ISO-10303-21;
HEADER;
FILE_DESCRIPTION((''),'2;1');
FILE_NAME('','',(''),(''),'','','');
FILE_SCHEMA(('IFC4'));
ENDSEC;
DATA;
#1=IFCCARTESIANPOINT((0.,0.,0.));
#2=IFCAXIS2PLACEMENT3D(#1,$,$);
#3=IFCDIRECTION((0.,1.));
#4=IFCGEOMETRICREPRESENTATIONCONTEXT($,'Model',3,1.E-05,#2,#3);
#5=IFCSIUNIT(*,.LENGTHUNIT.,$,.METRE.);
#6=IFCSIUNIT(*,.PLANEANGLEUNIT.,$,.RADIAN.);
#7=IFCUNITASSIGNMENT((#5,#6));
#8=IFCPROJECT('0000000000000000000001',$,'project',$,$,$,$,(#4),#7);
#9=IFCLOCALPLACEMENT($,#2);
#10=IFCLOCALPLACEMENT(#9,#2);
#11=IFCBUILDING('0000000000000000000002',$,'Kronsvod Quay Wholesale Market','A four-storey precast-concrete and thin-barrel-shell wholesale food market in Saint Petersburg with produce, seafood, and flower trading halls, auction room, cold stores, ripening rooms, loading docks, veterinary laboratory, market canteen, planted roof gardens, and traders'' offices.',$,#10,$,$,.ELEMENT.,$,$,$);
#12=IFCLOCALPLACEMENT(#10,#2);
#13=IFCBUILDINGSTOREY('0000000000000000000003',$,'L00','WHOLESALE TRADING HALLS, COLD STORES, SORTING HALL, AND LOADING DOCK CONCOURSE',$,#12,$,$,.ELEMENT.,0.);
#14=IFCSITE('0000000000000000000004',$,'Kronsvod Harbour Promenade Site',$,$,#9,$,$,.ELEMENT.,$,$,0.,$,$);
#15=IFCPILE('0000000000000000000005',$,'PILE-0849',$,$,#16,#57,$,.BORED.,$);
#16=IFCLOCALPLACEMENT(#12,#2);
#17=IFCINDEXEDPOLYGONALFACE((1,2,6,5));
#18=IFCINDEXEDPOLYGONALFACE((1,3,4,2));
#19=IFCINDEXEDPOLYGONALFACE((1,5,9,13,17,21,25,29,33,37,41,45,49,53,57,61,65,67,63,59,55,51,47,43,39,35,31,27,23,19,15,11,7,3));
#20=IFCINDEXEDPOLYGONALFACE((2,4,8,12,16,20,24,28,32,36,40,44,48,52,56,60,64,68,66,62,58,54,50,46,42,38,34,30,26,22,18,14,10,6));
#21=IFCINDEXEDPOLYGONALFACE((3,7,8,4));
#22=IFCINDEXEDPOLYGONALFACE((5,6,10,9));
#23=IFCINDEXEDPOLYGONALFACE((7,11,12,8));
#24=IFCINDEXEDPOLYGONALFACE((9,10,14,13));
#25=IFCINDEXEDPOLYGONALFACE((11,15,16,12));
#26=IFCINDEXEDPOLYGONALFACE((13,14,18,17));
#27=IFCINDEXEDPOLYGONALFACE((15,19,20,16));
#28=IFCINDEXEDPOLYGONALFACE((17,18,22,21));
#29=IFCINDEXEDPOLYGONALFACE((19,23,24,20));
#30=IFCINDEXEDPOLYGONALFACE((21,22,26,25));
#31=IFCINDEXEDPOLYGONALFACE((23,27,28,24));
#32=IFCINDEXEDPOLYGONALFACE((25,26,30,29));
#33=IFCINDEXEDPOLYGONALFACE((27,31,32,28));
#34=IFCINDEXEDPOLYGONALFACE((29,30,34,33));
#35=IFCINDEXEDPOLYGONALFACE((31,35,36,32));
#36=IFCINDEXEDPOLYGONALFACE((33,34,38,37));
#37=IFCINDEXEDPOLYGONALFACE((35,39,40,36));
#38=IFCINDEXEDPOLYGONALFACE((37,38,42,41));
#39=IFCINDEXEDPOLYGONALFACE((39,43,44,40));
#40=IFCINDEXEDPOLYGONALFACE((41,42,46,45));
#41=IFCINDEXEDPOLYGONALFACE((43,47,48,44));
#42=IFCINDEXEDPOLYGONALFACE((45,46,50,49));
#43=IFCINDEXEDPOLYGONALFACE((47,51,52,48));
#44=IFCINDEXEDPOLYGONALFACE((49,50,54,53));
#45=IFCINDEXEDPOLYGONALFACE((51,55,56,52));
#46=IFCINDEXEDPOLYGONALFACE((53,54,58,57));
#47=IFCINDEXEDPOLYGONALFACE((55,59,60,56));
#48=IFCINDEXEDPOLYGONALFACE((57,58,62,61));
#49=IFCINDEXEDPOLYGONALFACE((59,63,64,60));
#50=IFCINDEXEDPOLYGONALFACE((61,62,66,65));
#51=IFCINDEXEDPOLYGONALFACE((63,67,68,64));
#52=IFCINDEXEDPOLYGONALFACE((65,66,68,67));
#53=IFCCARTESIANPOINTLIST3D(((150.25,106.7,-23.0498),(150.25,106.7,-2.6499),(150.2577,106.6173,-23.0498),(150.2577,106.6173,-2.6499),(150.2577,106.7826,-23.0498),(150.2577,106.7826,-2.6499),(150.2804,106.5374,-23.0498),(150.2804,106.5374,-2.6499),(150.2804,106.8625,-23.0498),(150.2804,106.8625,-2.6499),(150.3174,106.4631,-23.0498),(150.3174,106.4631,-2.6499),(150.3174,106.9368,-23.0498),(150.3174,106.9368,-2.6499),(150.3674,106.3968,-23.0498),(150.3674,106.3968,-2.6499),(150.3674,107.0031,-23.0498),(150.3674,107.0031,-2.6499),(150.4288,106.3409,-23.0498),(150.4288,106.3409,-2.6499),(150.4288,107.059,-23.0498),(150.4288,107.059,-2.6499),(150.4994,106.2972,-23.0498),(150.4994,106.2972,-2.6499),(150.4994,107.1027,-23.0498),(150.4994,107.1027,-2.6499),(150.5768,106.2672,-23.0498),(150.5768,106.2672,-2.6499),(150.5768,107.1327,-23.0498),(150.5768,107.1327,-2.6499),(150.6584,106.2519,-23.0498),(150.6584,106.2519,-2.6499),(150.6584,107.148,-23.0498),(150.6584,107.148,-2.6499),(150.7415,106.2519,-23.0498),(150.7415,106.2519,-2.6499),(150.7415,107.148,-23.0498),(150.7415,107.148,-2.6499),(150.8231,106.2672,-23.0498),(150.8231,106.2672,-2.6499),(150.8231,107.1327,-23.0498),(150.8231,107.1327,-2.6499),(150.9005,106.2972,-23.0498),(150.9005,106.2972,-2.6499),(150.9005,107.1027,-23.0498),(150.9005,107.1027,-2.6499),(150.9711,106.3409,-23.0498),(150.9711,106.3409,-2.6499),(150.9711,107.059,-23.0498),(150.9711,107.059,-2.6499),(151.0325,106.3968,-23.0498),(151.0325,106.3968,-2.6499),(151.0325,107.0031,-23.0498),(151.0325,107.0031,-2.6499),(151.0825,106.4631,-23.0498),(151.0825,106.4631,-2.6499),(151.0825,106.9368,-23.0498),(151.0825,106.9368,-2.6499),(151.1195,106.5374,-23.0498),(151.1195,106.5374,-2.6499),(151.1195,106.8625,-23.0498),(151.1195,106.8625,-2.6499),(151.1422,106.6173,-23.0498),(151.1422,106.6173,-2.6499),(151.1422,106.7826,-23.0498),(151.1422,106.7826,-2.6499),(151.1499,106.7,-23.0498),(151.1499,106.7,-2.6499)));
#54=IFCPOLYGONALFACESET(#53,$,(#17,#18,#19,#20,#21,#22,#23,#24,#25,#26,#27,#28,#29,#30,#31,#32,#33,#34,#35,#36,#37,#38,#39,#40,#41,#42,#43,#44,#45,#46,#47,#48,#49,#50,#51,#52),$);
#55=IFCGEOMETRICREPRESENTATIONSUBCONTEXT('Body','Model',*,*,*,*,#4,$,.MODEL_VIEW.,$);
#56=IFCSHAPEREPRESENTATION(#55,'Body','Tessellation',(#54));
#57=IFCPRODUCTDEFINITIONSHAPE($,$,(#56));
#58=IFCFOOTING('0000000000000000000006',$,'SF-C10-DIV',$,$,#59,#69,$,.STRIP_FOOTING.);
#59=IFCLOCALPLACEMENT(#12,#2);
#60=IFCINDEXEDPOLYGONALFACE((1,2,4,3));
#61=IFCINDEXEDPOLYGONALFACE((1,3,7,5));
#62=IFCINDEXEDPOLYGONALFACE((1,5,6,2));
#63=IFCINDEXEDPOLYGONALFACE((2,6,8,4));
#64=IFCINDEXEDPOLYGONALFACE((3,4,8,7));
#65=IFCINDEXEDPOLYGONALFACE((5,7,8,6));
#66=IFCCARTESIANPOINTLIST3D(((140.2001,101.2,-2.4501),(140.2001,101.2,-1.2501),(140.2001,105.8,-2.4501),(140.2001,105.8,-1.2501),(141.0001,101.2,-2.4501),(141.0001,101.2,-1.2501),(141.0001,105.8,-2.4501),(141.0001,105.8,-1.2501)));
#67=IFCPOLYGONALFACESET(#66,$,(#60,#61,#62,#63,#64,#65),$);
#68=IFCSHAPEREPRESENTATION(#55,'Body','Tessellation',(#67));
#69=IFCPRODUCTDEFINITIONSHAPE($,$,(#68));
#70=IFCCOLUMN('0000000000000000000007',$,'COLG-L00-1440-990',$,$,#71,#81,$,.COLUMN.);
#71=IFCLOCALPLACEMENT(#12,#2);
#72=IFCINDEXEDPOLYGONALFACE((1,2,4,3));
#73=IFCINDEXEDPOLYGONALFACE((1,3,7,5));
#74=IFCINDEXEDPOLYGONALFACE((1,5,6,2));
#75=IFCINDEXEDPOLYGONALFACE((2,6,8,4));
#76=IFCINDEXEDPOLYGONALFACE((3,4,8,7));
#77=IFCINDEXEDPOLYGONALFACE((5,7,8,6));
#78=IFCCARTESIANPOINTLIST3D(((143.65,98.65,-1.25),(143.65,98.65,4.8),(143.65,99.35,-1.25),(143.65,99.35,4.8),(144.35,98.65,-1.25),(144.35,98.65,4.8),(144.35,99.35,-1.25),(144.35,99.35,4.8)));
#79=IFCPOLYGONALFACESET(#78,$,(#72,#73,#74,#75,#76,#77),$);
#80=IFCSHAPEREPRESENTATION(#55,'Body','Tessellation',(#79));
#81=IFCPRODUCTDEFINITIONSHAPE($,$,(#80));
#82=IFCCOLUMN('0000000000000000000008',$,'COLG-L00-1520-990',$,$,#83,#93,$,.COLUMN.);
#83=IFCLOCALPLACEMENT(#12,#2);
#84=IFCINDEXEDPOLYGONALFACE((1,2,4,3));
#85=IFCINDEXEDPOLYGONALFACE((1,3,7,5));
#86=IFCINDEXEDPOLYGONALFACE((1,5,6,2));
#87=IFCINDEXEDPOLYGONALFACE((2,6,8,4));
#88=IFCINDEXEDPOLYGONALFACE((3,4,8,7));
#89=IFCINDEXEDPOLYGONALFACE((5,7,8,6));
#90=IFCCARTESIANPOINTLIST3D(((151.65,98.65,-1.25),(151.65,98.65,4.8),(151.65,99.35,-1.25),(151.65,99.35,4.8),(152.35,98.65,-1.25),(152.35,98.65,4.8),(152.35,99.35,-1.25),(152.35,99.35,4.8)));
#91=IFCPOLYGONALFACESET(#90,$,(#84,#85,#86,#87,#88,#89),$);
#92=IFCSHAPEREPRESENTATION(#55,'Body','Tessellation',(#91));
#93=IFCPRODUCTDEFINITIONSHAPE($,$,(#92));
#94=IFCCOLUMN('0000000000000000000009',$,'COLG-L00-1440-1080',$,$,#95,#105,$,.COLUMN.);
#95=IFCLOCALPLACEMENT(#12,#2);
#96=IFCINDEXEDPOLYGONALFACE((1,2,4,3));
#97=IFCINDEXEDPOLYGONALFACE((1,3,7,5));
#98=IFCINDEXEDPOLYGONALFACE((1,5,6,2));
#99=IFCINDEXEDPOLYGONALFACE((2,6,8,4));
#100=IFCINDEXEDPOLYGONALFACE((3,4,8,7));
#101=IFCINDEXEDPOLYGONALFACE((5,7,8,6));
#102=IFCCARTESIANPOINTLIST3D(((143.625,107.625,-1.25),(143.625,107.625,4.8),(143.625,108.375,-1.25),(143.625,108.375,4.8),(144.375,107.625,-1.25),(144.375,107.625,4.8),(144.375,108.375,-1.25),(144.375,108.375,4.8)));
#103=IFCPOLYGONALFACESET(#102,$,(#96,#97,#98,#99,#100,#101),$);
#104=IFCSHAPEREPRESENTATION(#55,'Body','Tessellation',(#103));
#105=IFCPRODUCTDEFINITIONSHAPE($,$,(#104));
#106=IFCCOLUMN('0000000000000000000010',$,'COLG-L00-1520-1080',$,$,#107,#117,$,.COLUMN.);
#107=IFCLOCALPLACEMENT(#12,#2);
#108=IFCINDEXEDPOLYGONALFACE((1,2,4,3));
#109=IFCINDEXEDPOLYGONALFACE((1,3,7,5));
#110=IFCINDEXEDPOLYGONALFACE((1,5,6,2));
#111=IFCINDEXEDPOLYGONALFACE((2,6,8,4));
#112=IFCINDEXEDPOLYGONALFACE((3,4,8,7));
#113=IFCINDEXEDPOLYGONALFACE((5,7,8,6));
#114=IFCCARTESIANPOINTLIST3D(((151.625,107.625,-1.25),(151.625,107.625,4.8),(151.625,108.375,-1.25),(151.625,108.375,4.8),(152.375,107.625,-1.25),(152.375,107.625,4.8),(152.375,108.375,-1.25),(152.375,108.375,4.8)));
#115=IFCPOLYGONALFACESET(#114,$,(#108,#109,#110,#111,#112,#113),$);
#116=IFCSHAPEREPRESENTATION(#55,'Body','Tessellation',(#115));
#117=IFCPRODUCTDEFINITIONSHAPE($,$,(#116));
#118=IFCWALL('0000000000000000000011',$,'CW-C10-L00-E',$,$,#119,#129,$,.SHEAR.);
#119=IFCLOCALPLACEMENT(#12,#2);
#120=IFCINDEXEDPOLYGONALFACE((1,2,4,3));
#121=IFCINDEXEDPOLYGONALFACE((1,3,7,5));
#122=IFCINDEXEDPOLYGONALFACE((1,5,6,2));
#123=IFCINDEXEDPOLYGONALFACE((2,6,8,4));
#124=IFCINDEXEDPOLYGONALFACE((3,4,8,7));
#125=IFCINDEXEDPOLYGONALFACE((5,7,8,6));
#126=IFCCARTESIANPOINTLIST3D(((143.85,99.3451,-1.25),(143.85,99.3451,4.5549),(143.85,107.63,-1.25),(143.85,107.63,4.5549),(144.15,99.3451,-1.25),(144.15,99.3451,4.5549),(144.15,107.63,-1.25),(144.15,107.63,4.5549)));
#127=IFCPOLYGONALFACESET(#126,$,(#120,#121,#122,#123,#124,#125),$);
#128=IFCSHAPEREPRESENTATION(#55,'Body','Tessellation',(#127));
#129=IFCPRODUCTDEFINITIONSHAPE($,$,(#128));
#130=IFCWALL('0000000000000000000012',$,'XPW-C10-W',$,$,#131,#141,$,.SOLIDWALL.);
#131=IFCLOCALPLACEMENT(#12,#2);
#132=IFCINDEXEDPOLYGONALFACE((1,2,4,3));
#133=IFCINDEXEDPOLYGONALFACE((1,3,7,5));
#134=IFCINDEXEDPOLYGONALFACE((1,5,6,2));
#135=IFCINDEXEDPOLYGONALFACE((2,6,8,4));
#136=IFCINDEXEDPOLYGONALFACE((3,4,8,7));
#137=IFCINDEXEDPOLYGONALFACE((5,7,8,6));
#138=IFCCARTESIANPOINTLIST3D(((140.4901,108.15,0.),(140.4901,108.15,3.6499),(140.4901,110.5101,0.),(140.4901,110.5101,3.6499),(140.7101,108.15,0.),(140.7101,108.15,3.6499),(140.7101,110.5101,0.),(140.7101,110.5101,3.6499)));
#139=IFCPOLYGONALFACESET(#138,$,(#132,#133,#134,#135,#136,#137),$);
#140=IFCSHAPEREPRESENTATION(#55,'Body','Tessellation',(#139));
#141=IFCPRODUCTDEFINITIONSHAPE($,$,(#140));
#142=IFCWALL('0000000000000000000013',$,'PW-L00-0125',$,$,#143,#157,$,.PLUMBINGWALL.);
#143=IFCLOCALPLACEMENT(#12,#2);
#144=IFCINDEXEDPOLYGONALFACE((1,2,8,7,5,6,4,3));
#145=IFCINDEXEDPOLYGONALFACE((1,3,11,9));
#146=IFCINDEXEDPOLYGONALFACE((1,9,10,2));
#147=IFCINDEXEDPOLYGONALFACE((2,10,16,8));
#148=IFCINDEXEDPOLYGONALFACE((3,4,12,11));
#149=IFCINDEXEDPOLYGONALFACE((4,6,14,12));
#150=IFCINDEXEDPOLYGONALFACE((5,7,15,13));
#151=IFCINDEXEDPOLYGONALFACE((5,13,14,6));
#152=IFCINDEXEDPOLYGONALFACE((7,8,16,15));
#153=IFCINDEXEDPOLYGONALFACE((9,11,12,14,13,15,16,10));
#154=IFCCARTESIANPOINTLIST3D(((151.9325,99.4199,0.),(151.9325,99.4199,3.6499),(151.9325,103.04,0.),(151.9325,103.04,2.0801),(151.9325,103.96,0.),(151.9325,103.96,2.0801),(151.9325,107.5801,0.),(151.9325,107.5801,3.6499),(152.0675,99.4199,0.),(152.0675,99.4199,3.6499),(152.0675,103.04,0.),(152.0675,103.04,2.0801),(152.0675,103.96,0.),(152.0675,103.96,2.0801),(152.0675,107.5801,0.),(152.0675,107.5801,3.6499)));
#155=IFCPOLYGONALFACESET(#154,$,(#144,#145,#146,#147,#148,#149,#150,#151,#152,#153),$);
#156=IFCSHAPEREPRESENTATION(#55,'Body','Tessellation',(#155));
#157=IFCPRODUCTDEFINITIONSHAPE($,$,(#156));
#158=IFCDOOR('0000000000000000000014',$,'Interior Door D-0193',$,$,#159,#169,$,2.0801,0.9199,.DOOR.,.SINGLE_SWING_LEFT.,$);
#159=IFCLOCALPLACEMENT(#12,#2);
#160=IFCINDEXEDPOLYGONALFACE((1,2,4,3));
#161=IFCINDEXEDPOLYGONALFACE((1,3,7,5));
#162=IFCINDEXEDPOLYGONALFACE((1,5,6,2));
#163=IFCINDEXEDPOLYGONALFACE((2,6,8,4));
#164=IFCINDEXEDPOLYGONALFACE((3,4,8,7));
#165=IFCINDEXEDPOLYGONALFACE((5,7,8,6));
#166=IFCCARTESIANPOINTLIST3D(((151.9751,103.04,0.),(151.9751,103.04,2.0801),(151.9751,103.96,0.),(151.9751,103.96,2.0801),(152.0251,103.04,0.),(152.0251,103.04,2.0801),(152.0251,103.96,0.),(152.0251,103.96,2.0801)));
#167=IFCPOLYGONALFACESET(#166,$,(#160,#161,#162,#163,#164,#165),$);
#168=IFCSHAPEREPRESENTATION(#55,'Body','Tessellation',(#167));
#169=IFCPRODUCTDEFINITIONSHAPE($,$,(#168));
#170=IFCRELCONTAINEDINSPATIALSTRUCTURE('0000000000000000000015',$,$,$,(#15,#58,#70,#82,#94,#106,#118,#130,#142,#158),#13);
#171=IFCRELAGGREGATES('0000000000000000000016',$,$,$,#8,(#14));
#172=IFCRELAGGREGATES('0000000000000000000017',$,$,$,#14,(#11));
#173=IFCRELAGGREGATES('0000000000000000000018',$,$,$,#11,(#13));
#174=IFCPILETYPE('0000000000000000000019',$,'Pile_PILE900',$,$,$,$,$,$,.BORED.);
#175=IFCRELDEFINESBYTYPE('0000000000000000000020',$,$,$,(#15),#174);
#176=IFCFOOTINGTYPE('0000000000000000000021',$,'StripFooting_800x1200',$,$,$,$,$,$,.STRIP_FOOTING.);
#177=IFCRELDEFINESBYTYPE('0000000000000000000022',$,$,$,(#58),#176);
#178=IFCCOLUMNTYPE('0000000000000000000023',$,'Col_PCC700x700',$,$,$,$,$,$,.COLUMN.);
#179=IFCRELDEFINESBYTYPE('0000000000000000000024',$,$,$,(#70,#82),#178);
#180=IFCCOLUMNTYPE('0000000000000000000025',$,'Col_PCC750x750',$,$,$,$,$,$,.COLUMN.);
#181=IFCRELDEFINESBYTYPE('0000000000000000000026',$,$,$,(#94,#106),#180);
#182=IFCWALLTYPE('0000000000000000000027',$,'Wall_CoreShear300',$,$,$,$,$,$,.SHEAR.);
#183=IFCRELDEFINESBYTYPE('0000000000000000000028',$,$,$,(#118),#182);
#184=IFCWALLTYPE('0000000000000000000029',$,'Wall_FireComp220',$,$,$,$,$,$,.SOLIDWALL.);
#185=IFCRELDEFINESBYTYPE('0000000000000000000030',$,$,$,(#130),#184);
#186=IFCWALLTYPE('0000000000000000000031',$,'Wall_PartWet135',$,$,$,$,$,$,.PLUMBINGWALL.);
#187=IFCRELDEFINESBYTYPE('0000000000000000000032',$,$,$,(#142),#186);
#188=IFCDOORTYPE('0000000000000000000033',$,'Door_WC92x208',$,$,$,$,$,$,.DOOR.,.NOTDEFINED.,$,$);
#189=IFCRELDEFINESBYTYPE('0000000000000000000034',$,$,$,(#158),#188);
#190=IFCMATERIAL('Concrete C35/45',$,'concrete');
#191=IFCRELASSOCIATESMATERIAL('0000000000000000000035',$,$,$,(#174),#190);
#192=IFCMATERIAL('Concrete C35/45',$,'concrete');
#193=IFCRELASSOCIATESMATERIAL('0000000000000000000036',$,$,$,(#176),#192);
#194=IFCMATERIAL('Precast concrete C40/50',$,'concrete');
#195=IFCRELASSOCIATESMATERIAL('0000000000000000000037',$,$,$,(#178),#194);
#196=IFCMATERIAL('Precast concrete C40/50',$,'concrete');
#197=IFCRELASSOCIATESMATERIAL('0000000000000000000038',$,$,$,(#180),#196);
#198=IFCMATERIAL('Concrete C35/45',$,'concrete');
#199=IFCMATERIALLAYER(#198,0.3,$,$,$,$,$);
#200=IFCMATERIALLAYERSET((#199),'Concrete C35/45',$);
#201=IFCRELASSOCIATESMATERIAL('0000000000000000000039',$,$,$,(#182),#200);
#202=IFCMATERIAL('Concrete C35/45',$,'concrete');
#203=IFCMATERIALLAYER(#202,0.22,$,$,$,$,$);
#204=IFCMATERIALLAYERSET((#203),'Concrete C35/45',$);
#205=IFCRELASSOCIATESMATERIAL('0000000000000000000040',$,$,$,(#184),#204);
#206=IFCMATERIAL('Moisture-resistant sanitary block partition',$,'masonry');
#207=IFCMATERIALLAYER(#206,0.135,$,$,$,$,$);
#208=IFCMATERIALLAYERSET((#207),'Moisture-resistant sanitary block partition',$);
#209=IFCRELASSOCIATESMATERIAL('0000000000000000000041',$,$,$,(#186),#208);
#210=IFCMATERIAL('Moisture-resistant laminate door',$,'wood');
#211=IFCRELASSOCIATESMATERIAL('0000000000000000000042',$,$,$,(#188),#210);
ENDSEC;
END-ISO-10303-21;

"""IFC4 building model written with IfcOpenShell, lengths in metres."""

from ifc_helpers import new_model, si_unit, direction, frame, frame_2d, origin, origin_2d, place, context, subcontext, project, spatial, rectangle, circle, extrude, material, layer, layer_set, material_profile, profile_set, type_object, element, fill, save


model = new_model("IFC4")

# Units and contexts
model_context = context("Model", 3, precision=1e-05, world=origin(), true_north=direction((0.0, 1.0)))
body_context = subcontext(model_context, "Body", "Model", "MODEL_VIEW")
ifc_project = project(units=[si_unit("LENGTHUNIT", "METRE"), si_unit("PLANEANGLEUNIT", "RADIAN")], contexts=[model_context])

# Site, building, storey
site_placement = place(None, origin())
site = spatial("IfcSite", under=ifc_project, at=site_placement, Name="Kronsvod Harbour Promenade Site", CompositionType="ELEMENT", RefElevation=0.0)
building_placement = place(site_placement, origin())
building = spatial("IfcBuilding", under=site, at=building_placement, Name="Kronsvod Quay Wholesale Market", Description="A four-storey precast-concrete and thin-barrel-shell wholesale food market in Saint Petersburg with produce, seafood, and flower trading halls, auction room, cold stores, ripening rooms, loading docks, veterinary laboratory, market canteen, planted roof gardens, and traders' offices.", CompositionType="ELEMENT")
storey_placement = place(building_placement, origin())
storey = spatial("IfcBuildingStorey", under=building, at=storey_placement, Name="L00", Description="WHOLESALE TRADING HALLS, COLD STORES, SORTING HALL, AND LOADING DOCK CONCOURSE", CompositionType="ELEMENT", Elevation=0.0)

# Pile
ifc_material_1 = material(Name="Concrete C35/45", Category="concrete")
ifc_material_profile_1 = material_profile(ifc_material_1, circle(Radius=0.45, at=origin_2d()), Name="PILE900")
ifc_profile_set_1 = profile_set([ifc_material_profile_1], Name="Concrete C35/45")
pile_type = type_object("IfcPileType", Name="Pile_PILE900", PredefinedType="BORED", material=ifc_profile_set_1)
for number, where, z_axis, x_axis, name in (
    (1, (150.7, 106.7, -2.6499), (0.0, 0.0, -1.0), (1.0, 0.0, 0.0), "PILE-0849"),
):
    element("IfcPile", number, at=place(storey_placement, frame(where, z_axis=z_axis, x_axis=x_axis)), inside=storey, type_object=pile_type, Name=name, PredefinedType="BORED", context=body_context, shape_type="SweptSolid", body=[
        extrude(circle(Radius=0.45, at=origin_2d()), origin(), (0.0, 0.0, 1.0), 20.3999),
    ])

# Footing
ifc_material_2 = material(Name="Concrete C35/45", Category="concrete")
ifc_material_profile_2 = material_profile(ifc_material_2, rectangle(XDim=0.8, YDim=1.2, at=origin_2d()), Name="SF-01")
ifc_profile_set_2 = profile_set([ifc_material_profile_2], Name="Concrete C35/45")
footing_type_1 = type_object("IfcFootingType", Name="StripFooting_800x1200", PredefinedType="STRIP_FOOTING", material=ifc_profile_set_2)
footing_1_placement = place(storey_placement, frame((140.6001, 101.2, -1.8501), z_axis=(0.0, 1.0, 0.0), x_axis=(-1.0, 0.0, 0.0)))
element("IfcFooting", 2, at=footing_1_placement, inside=storey, type_object=footing_type_1, Name="SF-C10-DIV", PredefinedType="STRIP_FOOTING", context=body_context, shape_type="SweptSolid", body=[
    extrude(rectangle(XDim=0.8, YDim=1.2, at=origin_2d()), origin(), (0.0, 0.0, 1.0), 4.6001),
])

# Columns
ifc_material_3 = material(Name="Precast concrete C40/50", Category="concrete")
ifc_material_profile_3 = material_profile(ifc_material_3, rectangle(XDim=0.7, YDim=0.7, at=origin_2d()), Name="PCC700x700")
ifc_profile_set_3 = profile_set([ifc_material_profile_3], Name="Precast concrete C40/50")
column_type_1 = type_object("IfcColumnType", Name="Col_PCC700x700", PredefinedType="COLUMN", material=ifc_profile_set_3)
for number, where, z_axis, x_axis, name in (
    (3, (144.0, 99.0, -1.25), (0.0, 0.0, 1.0), (1.0, 0.0, 0.0), "COLG-L00-1440-990"),
    (4, (152.0, 99.0, -1.25), (0.0, 0.0, 1.0), (1.0, 0.0, 0.0), "COLG-L00-1520-990"),
):
    element("IfcColumn", number, at=place(storey_placement, frame(where, z_axis=z_axis, x_axis=x_axis)), inside=storey, type_object=column_type_1, Name=name, PredefinedType="COLUMN", context=body_context, shape_type="SweptSolid", body=[
        extrude(rectangle(XDim=0.7, YDim=0.7, at=origin_2d()), origin(), (0.0, 0.0, 1.0), 6.05),
    ])
ifc_material_4 = material(Name="Precast concrete C40/50", Category="concrete")
ifc_material_profile_4 = material_profile(ifc_material_4, rectangle(XDim=0.75, YDim=0.75, at=origin_2d()), Name="COL-07")
ifc_profile_set_4 = profile_set([ifc_material_profile_4], Name="Precast concrete C40/50")
column_type_2 = type_object("IfcColumnType", Name="Col_PCC750x750", PredefinedType="COLUMN", material=ifc_profile_set_4)
for number, where, z_axis, x_axis, name in (
    (5, (144.0, 108.0, -1.25), (0.0, 0.0, 1.0), (1.0, 0.0, 0.0), "COLG-L00-1440-1080"),
    (6, (152.0, 108.0, -1.25), (0.0, 0.0, 1.0), (1.0, 0.0, 0.0), "COLG-L00-1520-1080"),
):
    element("IfcColumn", number, at=place(storey_placement, frame(where, z_axis=z_axis, x_axis=x_axis)), inside=storey, type_object=column_type_2, Name=name, PredefinedType="COLUMN", context=body_context, shape_type="SweptSolid", body=[
        extrude(rectangle(XDim=0.75, YDim=0.75, at=origin_2d()), origin(), (0.0, 0.0, 1.0), 6.05),
    ])

# Walls
ifc_material_5 = material(Name="Concrete C35/45", Category="concrete")
ifc_layer_1 = layer(ifc_material_5, 0.3)
ifc_layer_set_1 = layer_set([ifc_layer_1], Name="Concrete C35/45")
wall_type_1 = type_object("IfcWallType", Name="Wall_CoreShear300", PredefinedType="SHEAR", material=ifc_layer_set_1)
wall_1_placement = place(storey_placement, frame((144.0, 99.345, -1.25), z_axis=(0.0, 0.0, 1.0), x_axis=(0.0, 1.0, 0.0)))
element("IfcWall", 7, at=wall_1_placement, inside=storey, type_object=wall_type_1, Name="CW-C10-L00-E", PredefinedType="SHEAR", context=body_context, shape_type="SweptSolid", body=[
    extrude(rectangle(XDim=8.2849, YDim=0.3, at=frame_2d((4.1426, 0.0))), origin(), (0.0, 0.0, 1.0), 5.8049),
])
ifc_material_6 = material(Name="Concrete C35/45", Category="concrete")
ifc_layer_2 = layer(ifc_material_6, 0.22)
ifc_layer_set_2 = layer_set([ifc_layer_2], Name="Concrete C35/45")
wall_type_2 = type_object("IfcWallType", Name="Wall_FireComp220", PredefinedType="SOLIDWALL", material=ifc_layer_set_2)
wall_2_placement = place(storey_placement, frame((140.6001, 108.1499, 0.0), z_axis=(0.0, 0.0, 1.0), x_axis=(0.0, 1.0, 0.0)))
element("IfcWall", 8, at=wall_2_placement, inside=storey, type_object=wall_type_2, Name="XPW-C10-W", PredefinedType="SOLIDWALL", context=body_context, shape_type="SweptSolid", body=[
    extrude(rectangle(XDim=2.3601, YDim=0.22, at=frame_2d((1.1802, 0.0))), origin(), (0.0, 0.0, 1.0), 3.6499),
])

# Wall, opening, door
ifc_material_7 = material(Name="Moisture-resistant sanitary block partition", Category="masonry")
ifc_layer_3 = layer(ifc_material_7, 0.135)
ifc_layer_set_3 = layer_set([ifc_layer_3], Name="Moisture-resistant sanitary block partition")
wall_type_3 = type_object("IfcWallType", Name="Wall_PartWet135", PredefinedType="PLUMBINGWALL", material=ifc_layer_set_3)
wall_3_placement = place(storey_placement, frame((152.0, 99.4199, 0.0), z_axis=(0.0, 0.0, 1.0), x_axis=(0.0, 1.0, 0.0)))
wall_3 = element("IfcWall", 9, at=wall_3_placement, inside=storey, type_object=wall_type_3, Name="PW-L00-0125", PredefinedType="PLUMBINGWALL", context=body_context, shape_type="SweptSolid", body=[
    extrude(rectangle(XDim=8.1602, YDim=0.135, at=frame_2d((4.0801, 0.0))), origin(), (0.0, 0.0, 1.0), 3.6499),
])
opening_1_placement = place(wall_3_placement, frame((3.6201, 0.0, 0.0)))
opening_1 = element("IfcOpeningElement", 10, at=opening_1_placement, cuts=wall_3, PredefinedType="OPENING", context=body_context, shape_type="SweptSolid", body=[
    extrude(rectangle(XDim=0.9199, YDim=2.0801, at=frame_2d((0.46, 1.04))), frame((0.0, 0.0776, 0.0), z_axis=(0.0, -1.0, 0.0), x_axis=(1.0, 0.0, 0.0)), (0.0, 0.0, 1.0), 0.155),
])
ifc_material_8 = material(Name="Moisture-resistant laminate door", Category="wood")
door_type_1 = type_object("IfcDoorType", Name="Door_WC92x208", OperationType="NOTDEFINED", PredefinedType="DOOR", material=ifc_material_8)
door_1_placement = place(opening_1_placement, origin())
door_1 = element("IfcDoor", 11, at=door_1_placement, inside=storey, type_object=door_type_1, Name="Interior Door D-0193", OperationType="SINGLE_SWING_LEFT", OverallHeight=2.0801, OverallWidth=0.9199, PredefinedType="DOOR", context=body_context, shape_type="SweptSolid", body=[
    extrude(rectangle(XDim=0.9199, YDim=2.0801, at=frame_2d((0.46, 1.04))), frame((0.0, 0.0249, 0.0), z_axis=(0.0, -1.0, 0.0), x_axis=(1.0, 0.0, 0.0)), (0.0, 0.0, 1.0), 0.05),
])
fill(opening_1, door_1)

save(model, "model.ifc")
